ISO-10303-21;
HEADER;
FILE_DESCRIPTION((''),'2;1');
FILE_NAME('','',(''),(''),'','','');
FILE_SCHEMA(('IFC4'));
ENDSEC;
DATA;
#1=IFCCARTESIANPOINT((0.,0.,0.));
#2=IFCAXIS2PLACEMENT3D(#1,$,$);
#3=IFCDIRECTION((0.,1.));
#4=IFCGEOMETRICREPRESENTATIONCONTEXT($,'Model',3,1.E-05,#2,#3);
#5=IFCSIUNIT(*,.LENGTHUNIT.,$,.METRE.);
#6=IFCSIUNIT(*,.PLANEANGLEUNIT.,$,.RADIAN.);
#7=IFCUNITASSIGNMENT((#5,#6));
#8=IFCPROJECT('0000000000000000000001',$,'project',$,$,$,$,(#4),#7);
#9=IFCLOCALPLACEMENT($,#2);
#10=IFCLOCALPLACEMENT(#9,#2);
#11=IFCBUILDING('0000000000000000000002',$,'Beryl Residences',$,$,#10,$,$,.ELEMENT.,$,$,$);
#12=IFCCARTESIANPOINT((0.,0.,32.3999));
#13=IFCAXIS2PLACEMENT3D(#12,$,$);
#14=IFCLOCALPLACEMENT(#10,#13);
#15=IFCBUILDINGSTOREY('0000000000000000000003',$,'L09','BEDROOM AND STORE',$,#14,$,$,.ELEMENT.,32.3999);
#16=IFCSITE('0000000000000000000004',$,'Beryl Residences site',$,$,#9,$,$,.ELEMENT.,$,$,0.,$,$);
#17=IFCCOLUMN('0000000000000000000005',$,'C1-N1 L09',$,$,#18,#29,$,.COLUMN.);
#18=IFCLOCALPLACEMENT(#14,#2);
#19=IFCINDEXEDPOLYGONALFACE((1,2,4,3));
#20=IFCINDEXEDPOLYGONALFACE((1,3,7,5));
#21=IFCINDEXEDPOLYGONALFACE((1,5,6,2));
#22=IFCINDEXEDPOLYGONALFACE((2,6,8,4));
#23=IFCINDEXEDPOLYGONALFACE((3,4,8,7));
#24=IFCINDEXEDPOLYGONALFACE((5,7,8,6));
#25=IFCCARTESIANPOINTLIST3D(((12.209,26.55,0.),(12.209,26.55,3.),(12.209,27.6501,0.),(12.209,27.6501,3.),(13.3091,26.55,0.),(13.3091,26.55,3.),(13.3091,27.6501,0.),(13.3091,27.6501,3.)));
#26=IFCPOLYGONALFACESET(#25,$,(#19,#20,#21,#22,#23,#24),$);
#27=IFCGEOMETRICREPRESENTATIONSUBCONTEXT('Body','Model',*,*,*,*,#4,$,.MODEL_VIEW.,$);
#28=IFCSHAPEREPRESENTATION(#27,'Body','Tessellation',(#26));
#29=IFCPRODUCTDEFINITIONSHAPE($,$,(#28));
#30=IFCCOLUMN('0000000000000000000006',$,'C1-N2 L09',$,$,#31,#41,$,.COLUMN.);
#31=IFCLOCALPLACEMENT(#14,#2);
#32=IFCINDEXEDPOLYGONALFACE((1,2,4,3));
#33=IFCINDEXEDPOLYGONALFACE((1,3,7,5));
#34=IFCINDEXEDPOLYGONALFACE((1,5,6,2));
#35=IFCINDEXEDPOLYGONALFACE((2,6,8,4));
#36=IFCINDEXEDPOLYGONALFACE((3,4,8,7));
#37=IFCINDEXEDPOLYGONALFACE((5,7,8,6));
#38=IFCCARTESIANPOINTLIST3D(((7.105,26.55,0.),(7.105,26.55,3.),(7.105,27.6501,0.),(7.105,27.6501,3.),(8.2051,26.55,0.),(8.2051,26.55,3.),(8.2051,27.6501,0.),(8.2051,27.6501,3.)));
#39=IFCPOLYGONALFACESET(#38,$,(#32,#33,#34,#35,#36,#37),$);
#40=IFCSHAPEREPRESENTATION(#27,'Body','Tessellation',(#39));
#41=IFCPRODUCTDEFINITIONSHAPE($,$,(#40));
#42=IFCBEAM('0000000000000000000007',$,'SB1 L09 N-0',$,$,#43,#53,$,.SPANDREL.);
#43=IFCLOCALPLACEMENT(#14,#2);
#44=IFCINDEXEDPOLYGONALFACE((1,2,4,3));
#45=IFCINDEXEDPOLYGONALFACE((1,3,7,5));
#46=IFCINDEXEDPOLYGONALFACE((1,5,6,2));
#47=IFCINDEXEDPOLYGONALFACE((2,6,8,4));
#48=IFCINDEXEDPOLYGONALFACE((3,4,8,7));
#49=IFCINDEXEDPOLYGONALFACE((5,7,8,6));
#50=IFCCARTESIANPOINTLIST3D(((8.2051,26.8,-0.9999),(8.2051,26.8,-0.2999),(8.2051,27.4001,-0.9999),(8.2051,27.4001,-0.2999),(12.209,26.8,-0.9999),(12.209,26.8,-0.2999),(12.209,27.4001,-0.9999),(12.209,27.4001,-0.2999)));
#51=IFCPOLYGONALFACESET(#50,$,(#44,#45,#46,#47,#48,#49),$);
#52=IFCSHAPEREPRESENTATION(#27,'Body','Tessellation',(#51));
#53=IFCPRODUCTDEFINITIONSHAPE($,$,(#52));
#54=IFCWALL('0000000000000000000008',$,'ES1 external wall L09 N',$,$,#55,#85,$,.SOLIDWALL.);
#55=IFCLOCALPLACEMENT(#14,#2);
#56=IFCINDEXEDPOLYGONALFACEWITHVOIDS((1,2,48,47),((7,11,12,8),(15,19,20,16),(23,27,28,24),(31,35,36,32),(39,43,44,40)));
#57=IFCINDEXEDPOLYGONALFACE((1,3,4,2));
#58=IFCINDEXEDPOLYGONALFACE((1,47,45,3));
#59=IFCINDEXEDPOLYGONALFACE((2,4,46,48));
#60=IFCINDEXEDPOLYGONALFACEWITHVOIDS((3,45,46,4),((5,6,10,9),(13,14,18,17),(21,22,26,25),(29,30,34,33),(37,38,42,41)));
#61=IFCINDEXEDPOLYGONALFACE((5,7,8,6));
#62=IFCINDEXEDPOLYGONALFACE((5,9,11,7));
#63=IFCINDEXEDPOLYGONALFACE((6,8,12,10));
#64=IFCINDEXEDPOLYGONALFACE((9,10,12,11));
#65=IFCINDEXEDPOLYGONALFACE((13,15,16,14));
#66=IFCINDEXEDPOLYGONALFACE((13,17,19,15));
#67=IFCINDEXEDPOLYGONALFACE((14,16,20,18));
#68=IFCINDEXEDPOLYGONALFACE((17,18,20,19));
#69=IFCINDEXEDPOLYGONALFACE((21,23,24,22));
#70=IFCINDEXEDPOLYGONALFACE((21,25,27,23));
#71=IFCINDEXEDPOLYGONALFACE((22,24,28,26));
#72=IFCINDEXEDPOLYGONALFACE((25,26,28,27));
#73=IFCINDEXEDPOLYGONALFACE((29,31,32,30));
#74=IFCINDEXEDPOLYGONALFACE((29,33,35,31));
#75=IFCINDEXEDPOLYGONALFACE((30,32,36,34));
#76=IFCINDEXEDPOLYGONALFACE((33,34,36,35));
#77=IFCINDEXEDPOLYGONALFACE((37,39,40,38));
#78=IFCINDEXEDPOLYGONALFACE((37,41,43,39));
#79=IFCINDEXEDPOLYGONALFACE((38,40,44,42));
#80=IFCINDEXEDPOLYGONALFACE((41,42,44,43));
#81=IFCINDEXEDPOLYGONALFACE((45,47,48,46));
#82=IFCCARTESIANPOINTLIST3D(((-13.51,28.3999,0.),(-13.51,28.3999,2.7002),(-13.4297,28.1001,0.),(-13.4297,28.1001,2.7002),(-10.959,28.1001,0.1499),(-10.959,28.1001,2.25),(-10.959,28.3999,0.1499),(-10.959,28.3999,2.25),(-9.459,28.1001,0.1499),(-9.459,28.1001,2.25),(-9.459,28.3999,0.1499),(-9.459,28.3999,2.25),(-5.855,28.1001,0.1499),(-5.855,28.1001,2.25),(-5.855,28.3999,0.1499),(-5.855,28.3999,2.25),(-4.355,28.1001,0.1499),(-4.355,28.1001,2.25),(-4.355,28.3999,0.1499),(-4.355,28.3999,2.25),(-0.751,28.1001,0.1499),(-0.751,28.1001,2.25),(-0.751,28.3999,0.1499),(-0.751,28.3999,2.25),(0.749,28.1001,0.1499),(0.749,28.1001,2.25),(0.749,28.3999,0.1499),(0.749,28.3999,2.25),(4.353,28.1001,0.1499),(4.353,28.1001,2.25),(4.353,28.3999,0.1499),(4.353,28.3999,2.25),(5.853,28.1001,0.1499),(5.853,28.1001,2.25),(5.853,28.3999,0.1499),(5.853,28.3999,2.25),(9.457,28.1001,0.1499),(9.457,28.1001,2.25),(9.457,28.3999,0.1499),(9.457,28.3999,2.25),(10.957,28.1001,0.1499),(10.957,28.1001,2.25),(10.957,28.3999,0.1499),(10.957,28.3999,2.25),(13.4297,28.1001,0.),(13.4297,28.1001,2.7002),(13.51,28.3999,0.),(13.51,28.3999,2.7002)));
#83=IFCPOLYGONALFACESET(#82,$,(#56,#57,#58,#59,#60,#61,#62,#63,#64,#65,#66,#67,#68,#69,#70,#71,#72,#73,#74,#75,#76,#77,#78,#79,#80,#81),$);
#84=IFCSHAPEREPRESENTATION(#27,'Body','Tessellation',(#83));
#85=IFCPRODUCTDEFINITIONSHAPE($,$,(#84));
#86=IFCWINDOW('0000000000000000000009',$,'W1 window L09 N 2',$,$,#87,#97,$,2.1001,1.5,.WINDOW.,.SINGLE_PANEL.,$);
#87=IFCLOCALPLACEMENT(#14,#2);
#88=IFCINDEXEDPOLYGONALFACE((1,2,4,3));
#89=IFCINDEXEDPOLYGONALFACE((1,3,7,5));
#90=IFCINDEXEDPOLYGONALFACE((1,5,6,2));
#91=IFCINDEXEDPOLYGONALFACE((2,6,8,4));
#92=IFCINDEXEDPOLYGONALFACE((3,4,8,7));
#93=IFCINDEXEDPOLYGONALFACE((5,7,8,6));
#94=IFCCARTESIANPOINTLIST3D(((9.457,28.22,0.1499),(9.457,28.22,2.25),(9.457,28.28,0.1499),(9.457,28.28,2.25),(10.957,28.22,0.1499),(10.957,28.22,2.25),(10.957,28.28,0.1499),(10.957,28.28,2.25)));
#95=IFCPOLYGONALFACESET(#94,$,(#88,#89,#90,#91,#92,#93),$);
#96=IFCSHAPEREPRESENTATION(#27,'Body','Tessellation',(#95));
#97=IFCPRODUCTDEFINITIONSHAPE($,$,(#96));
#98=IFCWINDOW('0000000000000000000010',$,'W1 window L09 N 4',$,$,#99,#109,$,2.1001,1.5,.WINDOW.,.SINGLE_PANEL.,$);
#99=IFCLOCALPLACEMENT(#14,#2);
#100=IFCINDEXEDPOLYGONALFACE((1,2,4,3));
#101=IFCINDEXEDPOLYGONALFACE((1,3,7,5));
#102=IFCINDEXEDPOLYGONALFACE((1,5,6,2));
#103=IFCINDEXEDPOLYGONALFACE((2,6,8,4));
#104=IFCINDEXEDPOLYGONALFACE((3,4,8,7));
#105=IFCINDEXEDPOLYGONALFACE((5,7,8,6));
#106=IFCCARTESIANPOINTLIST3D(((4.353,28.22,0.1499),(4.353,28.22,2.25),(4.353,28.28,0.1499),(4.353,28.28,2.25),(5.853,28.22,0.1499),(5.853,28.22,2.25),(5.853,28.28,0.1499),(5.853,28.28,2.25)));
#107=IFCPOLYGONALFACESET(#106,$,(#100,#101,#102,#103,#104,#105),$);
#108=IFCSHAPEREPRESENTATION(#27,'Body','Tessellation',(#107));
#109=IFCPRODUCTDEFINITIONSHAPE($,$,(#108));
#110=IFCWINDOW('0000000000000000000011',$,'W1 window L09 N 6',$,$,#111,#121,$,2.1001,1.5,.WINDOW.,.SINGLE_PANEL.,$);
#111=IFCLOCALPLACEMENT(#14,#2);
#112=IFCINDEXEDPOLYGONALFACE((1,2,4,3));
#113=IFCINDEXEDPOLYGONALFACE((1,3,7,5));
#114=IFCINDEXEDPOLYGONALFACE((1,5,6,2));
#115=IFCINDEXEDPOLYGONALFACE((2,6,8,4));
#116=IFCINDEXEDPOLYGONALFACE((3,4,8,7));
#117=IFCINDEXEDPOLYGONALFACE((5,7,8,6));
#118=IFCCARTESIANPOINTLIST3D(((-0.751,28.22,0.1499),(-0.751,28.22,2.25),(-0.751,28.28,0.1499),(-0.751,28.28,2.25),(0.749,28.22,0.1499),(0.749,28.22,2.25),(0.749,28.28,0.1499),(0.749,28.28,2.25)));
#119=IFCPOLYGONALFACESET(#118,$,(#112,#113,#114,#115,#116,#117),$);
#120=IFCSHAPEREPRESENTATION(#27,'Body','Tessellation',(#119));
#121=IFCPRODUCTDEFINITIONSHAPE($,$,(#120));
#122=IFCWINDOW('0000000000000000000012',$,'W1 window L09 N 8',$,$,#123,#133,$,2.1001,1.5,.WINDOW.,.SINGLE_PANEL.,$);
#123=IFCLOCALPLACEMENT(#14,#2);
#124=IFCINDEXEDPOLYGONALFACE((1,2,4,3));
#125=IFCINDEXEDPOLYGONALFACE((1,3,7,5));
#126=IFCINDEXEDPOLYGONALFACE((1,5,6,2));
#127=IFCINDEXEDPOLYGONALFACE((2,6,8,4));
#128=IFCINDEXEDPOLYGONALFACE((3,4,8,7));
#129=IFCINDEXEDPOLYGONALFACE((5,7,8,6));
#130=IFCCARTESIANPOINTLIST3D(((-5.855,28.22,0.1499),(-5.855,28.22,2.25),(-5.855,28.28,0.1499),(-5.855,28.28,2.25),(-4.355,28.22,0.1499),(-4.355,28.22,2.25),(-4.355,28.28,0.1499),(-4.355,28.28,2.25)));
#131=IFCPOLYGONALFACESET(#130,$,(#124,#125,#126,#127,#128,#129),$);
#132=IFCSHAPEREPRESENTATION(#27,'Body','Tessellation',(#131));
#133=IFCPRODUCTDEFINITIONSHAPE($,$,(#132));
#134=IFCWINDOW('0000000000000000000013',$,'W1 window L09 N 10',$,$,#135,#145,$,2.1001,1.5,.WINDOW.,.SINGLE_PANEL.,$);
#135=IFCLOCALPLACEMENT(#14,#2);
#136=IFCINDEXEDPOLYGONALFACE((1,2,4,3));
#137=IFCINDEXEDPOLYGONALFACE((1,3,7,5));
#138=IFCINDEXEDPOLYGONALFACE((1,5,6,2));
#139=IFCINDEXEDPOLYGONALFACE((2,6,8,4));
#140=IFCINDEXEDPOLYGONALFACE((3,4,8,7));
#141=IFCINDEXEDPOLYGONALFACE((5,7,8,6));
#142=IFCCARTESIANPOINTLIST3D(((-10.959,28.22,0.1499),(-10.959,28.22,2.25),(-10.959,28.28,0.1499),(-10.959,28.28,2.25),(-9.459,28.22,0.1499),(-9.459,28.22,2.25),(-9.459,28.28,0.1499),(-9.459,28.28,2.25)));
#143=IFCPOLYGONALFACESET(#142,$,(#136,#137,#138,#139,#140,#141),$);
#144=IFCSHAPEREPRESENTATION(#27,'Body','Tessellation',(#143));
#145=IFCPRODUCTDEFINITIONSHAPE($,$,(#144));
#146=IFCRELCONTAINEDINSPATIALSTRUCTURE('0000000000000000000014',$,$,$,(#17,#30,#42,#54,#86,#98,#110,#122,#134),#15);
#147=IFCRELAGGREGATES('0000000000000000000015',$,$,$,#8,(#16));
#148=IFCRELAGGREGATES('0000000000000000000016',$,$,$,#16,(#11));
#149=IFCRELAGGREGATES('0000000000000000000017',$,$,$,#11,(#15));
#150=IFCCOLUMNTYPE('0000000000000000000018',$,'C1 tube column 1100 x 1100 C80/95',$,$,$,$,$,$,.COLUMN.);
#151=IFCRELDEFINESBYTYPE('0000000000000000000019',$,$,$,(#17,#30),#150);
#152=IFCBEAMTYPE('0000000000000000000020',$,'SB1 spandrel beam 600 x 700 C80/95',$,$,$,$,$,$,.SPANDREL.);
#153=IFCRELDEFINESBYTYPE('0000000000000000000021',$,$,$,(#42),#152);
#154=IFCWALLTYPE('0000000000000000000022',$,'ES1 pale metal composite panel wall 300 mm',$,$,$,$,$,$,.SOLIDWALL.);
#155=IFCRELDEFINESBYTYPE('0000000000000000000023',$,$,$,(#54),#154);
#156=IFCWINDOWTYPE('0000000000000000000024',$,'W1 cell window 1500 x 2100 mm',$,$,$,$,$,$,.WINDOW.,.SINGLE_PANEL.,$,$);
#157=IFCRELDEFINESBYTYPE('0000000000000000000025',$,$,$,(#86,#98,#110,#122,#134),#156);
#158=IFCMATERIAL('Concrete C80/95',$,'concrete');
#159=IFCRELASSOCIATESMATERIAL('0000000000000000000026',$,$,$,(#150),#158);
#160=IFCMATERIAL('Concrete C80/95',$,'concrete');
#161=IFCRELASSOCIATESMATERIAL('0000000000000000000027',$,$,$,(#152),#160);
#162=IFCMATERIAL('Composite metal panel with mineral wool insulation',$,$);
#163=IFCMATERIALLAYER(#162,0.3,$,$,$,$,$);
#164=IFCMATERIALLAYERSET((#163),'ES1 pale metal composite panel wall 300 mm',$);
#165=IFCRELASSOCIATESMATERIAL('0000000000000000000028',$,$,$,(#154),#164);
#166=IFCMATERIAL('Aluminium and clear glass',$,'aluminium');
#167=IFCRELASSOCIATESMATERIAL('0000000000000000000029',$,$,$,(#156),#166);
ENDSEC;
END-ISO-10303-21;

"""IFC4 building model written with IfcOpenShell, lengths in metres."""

from ifc_helpers import new_model, si_unit, direction, frame, frame_2d, origin, origin_2d, place, context, subcontext, project, spatial, polyline, rectangle, outline, extrude, material, layer, layer_set, material_profile, profile_set, type_object, element, fill, save


model = new_model("IFC4")

# Units and contexts
model_context = context("Model", 3, precision=1e-05, world=origin(), true_north=direction((0.0, 1.0)))
body_context = subcontext(model_context, "Body", "Model", "MODEL_VIEW")
ifc_project = project(units=[si_unit("LENGTHUNIT", "METRE"), si_unit("PLANEANGLEUNIT", "RADIAN")], contexts=[model_context])

# Site, building, storey
site_placement = place(None, origin())
site = spatial("IfcSite", under=ifc_project, at=site_placement, Name="Beryl Residences site", CompositionType="ELEMENT", RefElevation=0.0)
building_placement = place(site_placement, origin())
building = spatial("IfcBuilding", under=site, at=building_placement, Name="Beryl Residences", CompositionType="ELEMENT")
storey_placement = place(building_placement, frame((0.0, 0.0, 32.3999)))
storey = spatial("IfcBuildingStorey", under=building, at=storey_placement, Name="L09", Description="BEDROOM AND STORE", CompositionType="ELEMENT", Elevation=32.3999)

# Columns
ifc_material_1 = material(Name="Concrete C80/95", Category="concrete")
ifc_material_profile_1 = material_profile(ifc_material_1, rectangle(XDim=1.1001, YDim=1.1001, at=origin_2d()))
ifc_profile_set_1 = profile_set([ifc_material_profile_1], Name="Concrete C80/95")
column_type = type_object("IfcColumnType", Name="C1 tube column 1100 x 1100 C80/95", PredefinedType="COLUMN", material=ifc_profile_set_1)
for number, where, z_axis, x_axis, name in (
    (1, (12.759, 27.1001, 0.0), (0.0, 0.0, 1.0), (-1.0, 0.0, 0.0), "C1-N1 L09"),
    (2, (7.655, 27.1001, 0.0), (0.0, 0.0, 1.0), (-1.0, 0.0, 0.0), "C1-N2 L09"),
):
    element("IfcColumn", number, at=place(storey_placement, frame(where, z_axis=z_axis, x_axis=x_axis)), inside=storey, type_object=column_type, Name=name, PredefinedType="COLUMN", context=body_context, shape_type="SweptSolid", body=[
        extrude(rectangle(XDim=1.1001, YDim=1.1001, at=origin_2d()), origin(), (0.0, 0.0, 1.0), 3.0),
    ])

# Beam
ifc_material_2 = material(Name="Concrete C80/95", Category="concrete")
ifc_material_profile_2 = material_profile(ifc_material_2, rectangle(XDim=0.6001, YDim=0.7, at=origin_2d()))
ifc_profile_set_2 = profile_set([ifc_material_profile_2], Name="Concrete C80/95")
beam_type = type_object("IfcBeamType", Name="SB1 spandrel beam 600 x 700 C80/95", PredefinedType="SPANDREL", material=ifc_profile_set_2)
beam_placement = place(storey_placement, frame((12.209, 27.1001, -0.6499), z_axis=(-1.0, 0.0, 0.0), x_axis=(0.0, -1.0, 0.0)))
element("IfcBeam", 3, at=beam_placement, inside=storey, type_object=beam_type, Name="SB1 L09 N-0", PredefinedType="SPANDREL", context=body_context, shape_type="SweptSolid", body=[
    extrude(rectangle(XDim=0.6001, YDim=0.7, at=origin_2d()), origin(), (0.0, 0.0, 1.0), 4.0039),
])

# Wall, openings, windows
ifc_material_3 = material(Name="Composite metal panel with mineral wool insulation")
ifc_layer_1 = layer(ifc_material_3, 0.3)
ifc_layer_set_1 = layer_set([ifc_layer_1], Name="ES1 pale metal composite panel wall 300 mm")
wall_type_1 = type_object("IfcWallType", Name="ES1 pale metal composite panel wall 300 mm", PredefinedType="SOLIDWALL", material=ifc_layer_set_1)
wall_1_placement = place(storey_placement, frame((13.51, 28.25, 0.0), z_axis=(0.0, 0.0, 1.0), x_axis=(-1.0, 0.0, 0.0)))
wall_1 = element("IfcWall", 4, at=wall_1_placement, inside=storey, type_object=wall_type_1, Name="ES1 external wall L09 N", PredefinedType="SOLIDWALL", context=body_context, shape_type="SweptSolid", body=[
    extrude(outline(polyline([(0.0, -0.1499), (27.02, -0.1499), (26.9397, 0.1499), (0.0803, 0.1499), (0.0, -0.1499)])), origin(), (0.0, 0.0, 1.0), 2.7002),
])
opening_1_placement = place(wall_1_placement, frame((2.553, 0.0, 0.1499)))
opening_1 = element("IfcOpeningElement", 5, at=opening_1_placement, cuts=wall_1, PredefinedType="OPENING", context=body_context, shape_type="SweptSolid", body=[
    extrude(rectangle(XDim=1.5, YDim=2.1001, at=frame_2d((0.75, 1.05))), frame((0.0, 0.1599, 0.0), z_axis=(0.0, -1.0, 0.0), x_axis=(1.0, 0.0, 0.0)), (0.0, 0.0, 1.0), 0.3201),
])
opening_2_placement = place(wall_1_placement, frame((7.657, 0.0, 0.1499)))
opening_2 = element("IfcOpeningElement", 6, at=opening_2_placement, cuts=wall_1, PredefinedType="OPENING", context=body_context, shape_type="SweptSolid", body=[
    extrude(rectangle(XDim=1.5, YDim=2.1001, at=frame_2d((0.75, 1.05))), frame((0.0, 0.1599, 0.0), z_axis=(0.0, -1.0, 0.0), x_axis=(1.0, 0.0, 0.0)), (0.0, 0.0, 1.0), 0.3201),
])
opening_3_placement = place(wall_1_placement, frame((12.761, 0.0, 0.1499)))
opening_3 = element("IfcOpeningElement", 7, at=opening_3_placement, cuts=wall_1, PredefinedType="OPENING", context=body_context, shape_type="SweptSolid", body=[
    extrude(rectangle(XDim=1.5, YDim=2.1001, at=frame_2d((0.75, 1.05))), frame((0.0, 0.1599, 0.0), z_axis=(0.0, -1.0, 0.0), x_axis=(1.0, 0.0, 0.0)), (0.0, 0.0, 1.0), 0.3201),
])
opening_4_placement = place(wall_1_placement, frame((17.865, 0.0, 0.1499)))
opening_4 = element("IfcOpeningElement", 8, at=opening_4_placement, cuts=wall_1, PredefinedType="OPENING", context=body_context, shape_type="SweptSolid", body=[
    extrude(rectangle(XDim=1.5, YDim=2.1001, at=frame_2d((0.75, 1.05))), frame((0.0, 0.1599, 0.0), z_axis=(0.0, -1.0, 0.0), x_axis=(1.0, 0.0, 0.0)), (0.0, 0.0, 1.0), 0.3201),
])
opening_5_placement = place(wall_1_placement, frame((22.969, 0.0, 0.1499)))
opening_5 = element("IfcOpeningElement", 9, at=opening_5_placement, cuts=wall_1, PredefinedType="OPENING", context=body_context, shape_type="SweptSolid", body=[
    extrude(rectangle(XDim=1.5, YDim=2.1001, at=frame_2d((0.75, 1.05))), frame((0.0, 0.1599, 0.0), z_axis=(0.0, -1.0, 0.0), x_axis=(1.0, 0.0, 0.0)), (0.0, 0.0, 1.0), 0.3201),
])
ifc_material_4 = material(Name="Aluminium and clear glass", Category="aluminium")
window_type = type_object("IfcWindowType", Name="W1 cell window 1500 x 2100 mm", PartitioningType="SINGLE_PANEL", PredefinedType="WINDOW", material=ifc_material_4)
window_1_placement = place(opening_1_placement, origin())
window_1 = element("IfcWindow", 10, at=window_1_placement, inside=storey, type_object=window_type, Name="W1 window L09 N 2", OverallHeight=2.1001, OverallWidth=1.5, PartitioningType="SINGLE_PANEL", PredefinedType="WINDOW", context=body_context, shape_type="SweptSolid", body=[
    extrude(rectangle(XDim=1.5, YDim=2.1001, at=frame_2d((0.75, 1.05))), frame((0.0, 0.03, 0.0), z_axis=(0.0, -1.0, 0.0), x_axis=(1.0, 0.0, 0.0)), (0.0, 0.0, 1.0), 0.0601),
])
fill(opening_1, window_1)
window_2_placement = place(opening_2_placement, origin())
window_2 = element("IfcWindow", 11, at=window_2_placement, inside=storey, type_object=window_type, Name="W1 window L09 N 4", OverallHeight=2.1001, OverallWidth=1.5, PartitioningType="SINGLE_PANEL", PredefinedType="WINDOW", context=body_context, shape_type="SweptSolid", body=[
    extrude(rectangle(XDim=1.5, YDim=2.1001, at=frame_2d((0.75, 1.05))), frame((0.0, 0.03, 0.0), z_axis=(0.0, -1.0, 0.0), x_axis=(1.0, 0.0, 0.0)), (0.0, 0.0, 1.0), 0.0601),
])
fill(opening_2, window_2)
window_3_placement = place(opening_3_placement, origin())
window_3 = element("IfcWindow", 12, at=window_3_placement, inside=storey, type_object=window_type, Name="W1 window L09 N 6", OverallHeight=2.1001, OverallWidth=1.5, PartitioningType="SINGLE_PANEL", PredefinedType="WINDOW", context=body_context, shape_type="SweptSolid", body=[
    extrude(rectangle(XDim=1.5, YDim=2.1001, at=frame_2d((0.75, 1.05))), frame((0.0, 0.03, 0.0), z_axis=(0.0, -1.0, 0.0), x_axis=(1.0, 0.0, 0.0)), (0.0, 0.0, 1.0), 0.0601),
])
fill(opening_3, window_3)
window_4_placement = place(opening_4_placement, origin())
window_4 = element("IfcWindow", 13, at=window_4_placement, inside=storey, type_object=window_type, Name="W1 window L09 N 8", OverallHeight=2.1001, OverallWidth=1.5, PartitioningType="SINGLE_PANEL", PredefinedType="WINDOW", context=body_context, shape_type="SweptSolid", body=[
    extrude(rectangle(XDim=1.5, YDim=2.1001, at=frame_2d((0.75, 1.05))), frame((0.0, 0.03, 0.0), z_axis=(0.0, -1.0, 0.0), x_axis=(1.0, 0.0, 0.0)), (0.0, 0.0, 1.0), 0.0601),
])
fill(opening_4, window_4)
window_5_placement = place(opening_5_placement, origin())
window_5 = element("IfcWindow", 14, at=window_5_placement, inside=storey, type_object=window_type, Name="W1 window L09 N 10", OverallHeight=2.1001, OverallWidth=1.5, PartitioningType="SINGLE_PANEL", PredefinedType="WINDOW", context=body_context, shape_type="SweptSolid", body=[
    extrude(rectangle(XDim=1.5, YDim=2.1001, at=frame_2d((0.75, 1.05))), frame((0.0, 0.03, 0.0), z_axis=(0.0, -1.0, 0.0), x_axis=(1.0, 0.0, 0.0)), (0.0, 0.0, 1.0), 0.0601),
])
fill(opening_5, window_5)

save(model, "model.ifc")
